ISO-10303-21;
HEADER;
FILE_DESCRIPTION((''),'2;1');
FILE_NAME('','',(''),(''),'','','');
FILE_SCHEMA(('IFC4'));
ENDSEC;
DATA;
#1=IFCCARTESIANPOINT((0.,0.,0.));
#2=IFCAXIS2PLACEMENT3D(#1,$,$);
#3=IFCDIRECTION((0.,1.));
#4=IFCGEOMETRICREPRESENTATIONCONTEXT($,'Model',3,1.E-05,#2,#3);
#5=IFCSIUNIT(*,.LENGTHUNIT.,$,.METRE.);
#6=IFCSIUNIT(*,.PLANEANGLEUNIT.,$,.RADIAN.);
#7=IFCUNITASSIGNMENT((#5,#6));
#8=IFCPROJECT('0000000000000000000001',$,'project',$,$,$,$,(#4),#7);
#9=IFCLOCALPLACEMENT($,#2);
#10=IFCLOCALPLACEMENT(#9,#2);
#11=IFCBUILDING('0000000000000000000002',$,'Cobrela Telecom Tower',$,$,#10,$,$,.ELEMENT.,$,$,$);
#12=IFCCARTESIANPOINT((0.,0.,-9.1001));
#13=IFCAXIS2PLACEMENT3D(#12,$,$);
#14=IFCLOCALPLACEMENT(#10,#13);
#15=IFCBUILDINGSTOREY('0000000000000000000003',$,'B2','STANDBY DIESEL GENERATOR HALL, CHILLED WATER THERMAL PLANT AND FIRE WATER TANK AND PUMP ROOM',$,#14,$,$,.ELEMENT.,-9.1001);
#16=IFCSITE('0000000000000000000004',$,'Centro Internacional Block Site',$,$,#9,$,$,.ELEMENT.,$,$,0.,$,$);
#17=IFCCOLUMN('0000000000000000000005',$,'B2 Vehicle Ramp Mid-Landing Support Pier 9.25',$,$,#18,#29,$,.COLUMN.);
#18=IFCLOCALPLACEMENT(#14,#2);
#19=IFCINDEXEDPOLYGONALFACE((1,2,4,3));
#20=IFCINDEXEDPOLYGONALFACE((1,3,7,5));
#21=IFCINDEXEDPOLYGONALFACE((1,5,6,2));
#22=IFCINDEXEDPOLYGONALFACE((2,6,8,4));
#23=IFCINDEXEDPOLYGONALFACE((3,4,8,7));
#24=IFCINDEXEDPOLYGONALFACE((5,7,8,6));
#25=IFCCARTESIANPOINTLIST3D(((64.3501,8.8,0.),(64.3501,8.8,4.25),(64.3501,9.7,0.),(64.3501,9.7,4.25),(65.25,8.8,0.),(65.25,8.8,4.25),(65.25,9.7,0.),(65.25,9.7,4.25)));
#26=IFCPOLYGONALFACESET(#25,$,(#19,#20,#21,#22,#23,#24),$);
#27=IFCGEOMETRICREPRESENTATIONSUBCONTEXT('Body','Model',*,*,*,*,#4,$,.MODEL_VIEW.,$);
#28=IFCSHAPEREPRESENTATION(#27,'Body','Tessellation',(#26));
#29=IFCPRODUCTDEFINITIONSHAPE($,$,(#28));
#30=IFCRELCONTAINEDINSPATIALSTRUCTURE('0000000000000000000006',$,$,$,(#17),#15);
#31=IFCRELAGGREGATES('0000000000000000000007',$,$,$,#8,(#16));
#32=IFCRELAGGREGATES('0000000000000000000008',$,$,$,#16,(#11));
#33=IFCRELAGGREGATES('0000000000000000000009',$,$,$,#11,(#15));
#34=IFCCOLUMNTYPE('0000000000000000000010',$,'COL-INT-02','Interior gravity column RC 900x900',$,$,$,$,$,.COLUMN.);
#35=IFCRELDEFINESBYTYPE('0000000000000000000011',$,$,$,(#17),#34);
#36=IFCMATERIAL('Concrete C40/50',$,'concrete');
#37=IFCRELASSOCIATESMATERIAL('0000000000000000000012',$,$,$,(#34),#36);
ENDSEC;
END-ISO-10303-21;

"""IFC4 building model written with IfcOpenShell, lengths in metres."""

from ifc_helpers import new_model, si_unit, direction, frame, origin, origin_2d, place, context, subcontext, project, spatial, rectangle, extrude, material, material_profile, profile_set, type_object, element, save


model = new_model("IFC4")

# Units and contexts
model_context = context("Model", 3, precision=1e-05, world=origin(), true_north=direction((0.0, 1.0)))
body_context = subcontext(model_context, "Body", "Model", "MODEL_VIEW")
ifc_project = project(units=[si_unit("LENGTHUNIT", "METRE"), si_unit("PLANEANGLEUNIT", "RADIAN")], contexts=[model_context])

# Site, building, storey
site_placement = place(None, origin())
site = spatial("IfcSite", under=ifc_project, at=site_placement, Name="Centro Internacional Block Site", CompositionType="ELEMENT", RefElevation=0.0)
building_placement = place(site_placement, origin())
building = spatial("IfcBuilding", under=site, at=building_placement, Name="Cobrela Telecom Tower", CompositionType="ELEMENT")
storey_placement = place(building_placement, frame((0.0, 0.0, -9.1001)))
storey = spatial("IfcBuildingStorey", under=building, at=storey_placement, Name="B2", Description="STANDBY DIESEL GENERATOR HALL, CHILLED WATER THERMAL PLANT AND FIRE WATER TANK AND PUMP ROOM", CompositionType="ELEMENT", Elevation=-9.1001)

# Shared definitions
ifc_material_1 = material(Name="Concrete C40/50", Category="concrete")

# Column
ifc_material_profile_1 = material_profile(ifc_material_1, rectangle(XDim=0.8999, YDim=0.8999, at=origin_2d()), Name="RC 900x900")
ifc_profile_set_1 = profile_set([ifc_material_profile_1], Name="Concrete C40/50")
column_type_1 = type_object("IfcColumnType", Name="COL-INT-02", Description="Interior gravity column RC 900x900", PredefinedType="COLUMN", material=ifc_profile_set_1)
column_placement = place(storey_placement, frame((64.8, 9.25, 0.0), z_axis=(0.0, 0.0, 1.0), x_axis=(1.0, 0.0, 0.0)))
element("IfcColumn", 1, at=column_placement, inside=storey, type_object=column_type_1, Name="B2 Vehicle Ramp Mid-Landing Support Pier 9.25", PredefinedType="COLUMN", context=body_context, shape_type="SweptSolid", body=[
    extrude(rectangle(XDim=0.8999, YDim=0.8999, at=origin_2d()), origin(), (0.0, 0.0, 1.0), 4.25),
])

save(model, "model.ifc")
